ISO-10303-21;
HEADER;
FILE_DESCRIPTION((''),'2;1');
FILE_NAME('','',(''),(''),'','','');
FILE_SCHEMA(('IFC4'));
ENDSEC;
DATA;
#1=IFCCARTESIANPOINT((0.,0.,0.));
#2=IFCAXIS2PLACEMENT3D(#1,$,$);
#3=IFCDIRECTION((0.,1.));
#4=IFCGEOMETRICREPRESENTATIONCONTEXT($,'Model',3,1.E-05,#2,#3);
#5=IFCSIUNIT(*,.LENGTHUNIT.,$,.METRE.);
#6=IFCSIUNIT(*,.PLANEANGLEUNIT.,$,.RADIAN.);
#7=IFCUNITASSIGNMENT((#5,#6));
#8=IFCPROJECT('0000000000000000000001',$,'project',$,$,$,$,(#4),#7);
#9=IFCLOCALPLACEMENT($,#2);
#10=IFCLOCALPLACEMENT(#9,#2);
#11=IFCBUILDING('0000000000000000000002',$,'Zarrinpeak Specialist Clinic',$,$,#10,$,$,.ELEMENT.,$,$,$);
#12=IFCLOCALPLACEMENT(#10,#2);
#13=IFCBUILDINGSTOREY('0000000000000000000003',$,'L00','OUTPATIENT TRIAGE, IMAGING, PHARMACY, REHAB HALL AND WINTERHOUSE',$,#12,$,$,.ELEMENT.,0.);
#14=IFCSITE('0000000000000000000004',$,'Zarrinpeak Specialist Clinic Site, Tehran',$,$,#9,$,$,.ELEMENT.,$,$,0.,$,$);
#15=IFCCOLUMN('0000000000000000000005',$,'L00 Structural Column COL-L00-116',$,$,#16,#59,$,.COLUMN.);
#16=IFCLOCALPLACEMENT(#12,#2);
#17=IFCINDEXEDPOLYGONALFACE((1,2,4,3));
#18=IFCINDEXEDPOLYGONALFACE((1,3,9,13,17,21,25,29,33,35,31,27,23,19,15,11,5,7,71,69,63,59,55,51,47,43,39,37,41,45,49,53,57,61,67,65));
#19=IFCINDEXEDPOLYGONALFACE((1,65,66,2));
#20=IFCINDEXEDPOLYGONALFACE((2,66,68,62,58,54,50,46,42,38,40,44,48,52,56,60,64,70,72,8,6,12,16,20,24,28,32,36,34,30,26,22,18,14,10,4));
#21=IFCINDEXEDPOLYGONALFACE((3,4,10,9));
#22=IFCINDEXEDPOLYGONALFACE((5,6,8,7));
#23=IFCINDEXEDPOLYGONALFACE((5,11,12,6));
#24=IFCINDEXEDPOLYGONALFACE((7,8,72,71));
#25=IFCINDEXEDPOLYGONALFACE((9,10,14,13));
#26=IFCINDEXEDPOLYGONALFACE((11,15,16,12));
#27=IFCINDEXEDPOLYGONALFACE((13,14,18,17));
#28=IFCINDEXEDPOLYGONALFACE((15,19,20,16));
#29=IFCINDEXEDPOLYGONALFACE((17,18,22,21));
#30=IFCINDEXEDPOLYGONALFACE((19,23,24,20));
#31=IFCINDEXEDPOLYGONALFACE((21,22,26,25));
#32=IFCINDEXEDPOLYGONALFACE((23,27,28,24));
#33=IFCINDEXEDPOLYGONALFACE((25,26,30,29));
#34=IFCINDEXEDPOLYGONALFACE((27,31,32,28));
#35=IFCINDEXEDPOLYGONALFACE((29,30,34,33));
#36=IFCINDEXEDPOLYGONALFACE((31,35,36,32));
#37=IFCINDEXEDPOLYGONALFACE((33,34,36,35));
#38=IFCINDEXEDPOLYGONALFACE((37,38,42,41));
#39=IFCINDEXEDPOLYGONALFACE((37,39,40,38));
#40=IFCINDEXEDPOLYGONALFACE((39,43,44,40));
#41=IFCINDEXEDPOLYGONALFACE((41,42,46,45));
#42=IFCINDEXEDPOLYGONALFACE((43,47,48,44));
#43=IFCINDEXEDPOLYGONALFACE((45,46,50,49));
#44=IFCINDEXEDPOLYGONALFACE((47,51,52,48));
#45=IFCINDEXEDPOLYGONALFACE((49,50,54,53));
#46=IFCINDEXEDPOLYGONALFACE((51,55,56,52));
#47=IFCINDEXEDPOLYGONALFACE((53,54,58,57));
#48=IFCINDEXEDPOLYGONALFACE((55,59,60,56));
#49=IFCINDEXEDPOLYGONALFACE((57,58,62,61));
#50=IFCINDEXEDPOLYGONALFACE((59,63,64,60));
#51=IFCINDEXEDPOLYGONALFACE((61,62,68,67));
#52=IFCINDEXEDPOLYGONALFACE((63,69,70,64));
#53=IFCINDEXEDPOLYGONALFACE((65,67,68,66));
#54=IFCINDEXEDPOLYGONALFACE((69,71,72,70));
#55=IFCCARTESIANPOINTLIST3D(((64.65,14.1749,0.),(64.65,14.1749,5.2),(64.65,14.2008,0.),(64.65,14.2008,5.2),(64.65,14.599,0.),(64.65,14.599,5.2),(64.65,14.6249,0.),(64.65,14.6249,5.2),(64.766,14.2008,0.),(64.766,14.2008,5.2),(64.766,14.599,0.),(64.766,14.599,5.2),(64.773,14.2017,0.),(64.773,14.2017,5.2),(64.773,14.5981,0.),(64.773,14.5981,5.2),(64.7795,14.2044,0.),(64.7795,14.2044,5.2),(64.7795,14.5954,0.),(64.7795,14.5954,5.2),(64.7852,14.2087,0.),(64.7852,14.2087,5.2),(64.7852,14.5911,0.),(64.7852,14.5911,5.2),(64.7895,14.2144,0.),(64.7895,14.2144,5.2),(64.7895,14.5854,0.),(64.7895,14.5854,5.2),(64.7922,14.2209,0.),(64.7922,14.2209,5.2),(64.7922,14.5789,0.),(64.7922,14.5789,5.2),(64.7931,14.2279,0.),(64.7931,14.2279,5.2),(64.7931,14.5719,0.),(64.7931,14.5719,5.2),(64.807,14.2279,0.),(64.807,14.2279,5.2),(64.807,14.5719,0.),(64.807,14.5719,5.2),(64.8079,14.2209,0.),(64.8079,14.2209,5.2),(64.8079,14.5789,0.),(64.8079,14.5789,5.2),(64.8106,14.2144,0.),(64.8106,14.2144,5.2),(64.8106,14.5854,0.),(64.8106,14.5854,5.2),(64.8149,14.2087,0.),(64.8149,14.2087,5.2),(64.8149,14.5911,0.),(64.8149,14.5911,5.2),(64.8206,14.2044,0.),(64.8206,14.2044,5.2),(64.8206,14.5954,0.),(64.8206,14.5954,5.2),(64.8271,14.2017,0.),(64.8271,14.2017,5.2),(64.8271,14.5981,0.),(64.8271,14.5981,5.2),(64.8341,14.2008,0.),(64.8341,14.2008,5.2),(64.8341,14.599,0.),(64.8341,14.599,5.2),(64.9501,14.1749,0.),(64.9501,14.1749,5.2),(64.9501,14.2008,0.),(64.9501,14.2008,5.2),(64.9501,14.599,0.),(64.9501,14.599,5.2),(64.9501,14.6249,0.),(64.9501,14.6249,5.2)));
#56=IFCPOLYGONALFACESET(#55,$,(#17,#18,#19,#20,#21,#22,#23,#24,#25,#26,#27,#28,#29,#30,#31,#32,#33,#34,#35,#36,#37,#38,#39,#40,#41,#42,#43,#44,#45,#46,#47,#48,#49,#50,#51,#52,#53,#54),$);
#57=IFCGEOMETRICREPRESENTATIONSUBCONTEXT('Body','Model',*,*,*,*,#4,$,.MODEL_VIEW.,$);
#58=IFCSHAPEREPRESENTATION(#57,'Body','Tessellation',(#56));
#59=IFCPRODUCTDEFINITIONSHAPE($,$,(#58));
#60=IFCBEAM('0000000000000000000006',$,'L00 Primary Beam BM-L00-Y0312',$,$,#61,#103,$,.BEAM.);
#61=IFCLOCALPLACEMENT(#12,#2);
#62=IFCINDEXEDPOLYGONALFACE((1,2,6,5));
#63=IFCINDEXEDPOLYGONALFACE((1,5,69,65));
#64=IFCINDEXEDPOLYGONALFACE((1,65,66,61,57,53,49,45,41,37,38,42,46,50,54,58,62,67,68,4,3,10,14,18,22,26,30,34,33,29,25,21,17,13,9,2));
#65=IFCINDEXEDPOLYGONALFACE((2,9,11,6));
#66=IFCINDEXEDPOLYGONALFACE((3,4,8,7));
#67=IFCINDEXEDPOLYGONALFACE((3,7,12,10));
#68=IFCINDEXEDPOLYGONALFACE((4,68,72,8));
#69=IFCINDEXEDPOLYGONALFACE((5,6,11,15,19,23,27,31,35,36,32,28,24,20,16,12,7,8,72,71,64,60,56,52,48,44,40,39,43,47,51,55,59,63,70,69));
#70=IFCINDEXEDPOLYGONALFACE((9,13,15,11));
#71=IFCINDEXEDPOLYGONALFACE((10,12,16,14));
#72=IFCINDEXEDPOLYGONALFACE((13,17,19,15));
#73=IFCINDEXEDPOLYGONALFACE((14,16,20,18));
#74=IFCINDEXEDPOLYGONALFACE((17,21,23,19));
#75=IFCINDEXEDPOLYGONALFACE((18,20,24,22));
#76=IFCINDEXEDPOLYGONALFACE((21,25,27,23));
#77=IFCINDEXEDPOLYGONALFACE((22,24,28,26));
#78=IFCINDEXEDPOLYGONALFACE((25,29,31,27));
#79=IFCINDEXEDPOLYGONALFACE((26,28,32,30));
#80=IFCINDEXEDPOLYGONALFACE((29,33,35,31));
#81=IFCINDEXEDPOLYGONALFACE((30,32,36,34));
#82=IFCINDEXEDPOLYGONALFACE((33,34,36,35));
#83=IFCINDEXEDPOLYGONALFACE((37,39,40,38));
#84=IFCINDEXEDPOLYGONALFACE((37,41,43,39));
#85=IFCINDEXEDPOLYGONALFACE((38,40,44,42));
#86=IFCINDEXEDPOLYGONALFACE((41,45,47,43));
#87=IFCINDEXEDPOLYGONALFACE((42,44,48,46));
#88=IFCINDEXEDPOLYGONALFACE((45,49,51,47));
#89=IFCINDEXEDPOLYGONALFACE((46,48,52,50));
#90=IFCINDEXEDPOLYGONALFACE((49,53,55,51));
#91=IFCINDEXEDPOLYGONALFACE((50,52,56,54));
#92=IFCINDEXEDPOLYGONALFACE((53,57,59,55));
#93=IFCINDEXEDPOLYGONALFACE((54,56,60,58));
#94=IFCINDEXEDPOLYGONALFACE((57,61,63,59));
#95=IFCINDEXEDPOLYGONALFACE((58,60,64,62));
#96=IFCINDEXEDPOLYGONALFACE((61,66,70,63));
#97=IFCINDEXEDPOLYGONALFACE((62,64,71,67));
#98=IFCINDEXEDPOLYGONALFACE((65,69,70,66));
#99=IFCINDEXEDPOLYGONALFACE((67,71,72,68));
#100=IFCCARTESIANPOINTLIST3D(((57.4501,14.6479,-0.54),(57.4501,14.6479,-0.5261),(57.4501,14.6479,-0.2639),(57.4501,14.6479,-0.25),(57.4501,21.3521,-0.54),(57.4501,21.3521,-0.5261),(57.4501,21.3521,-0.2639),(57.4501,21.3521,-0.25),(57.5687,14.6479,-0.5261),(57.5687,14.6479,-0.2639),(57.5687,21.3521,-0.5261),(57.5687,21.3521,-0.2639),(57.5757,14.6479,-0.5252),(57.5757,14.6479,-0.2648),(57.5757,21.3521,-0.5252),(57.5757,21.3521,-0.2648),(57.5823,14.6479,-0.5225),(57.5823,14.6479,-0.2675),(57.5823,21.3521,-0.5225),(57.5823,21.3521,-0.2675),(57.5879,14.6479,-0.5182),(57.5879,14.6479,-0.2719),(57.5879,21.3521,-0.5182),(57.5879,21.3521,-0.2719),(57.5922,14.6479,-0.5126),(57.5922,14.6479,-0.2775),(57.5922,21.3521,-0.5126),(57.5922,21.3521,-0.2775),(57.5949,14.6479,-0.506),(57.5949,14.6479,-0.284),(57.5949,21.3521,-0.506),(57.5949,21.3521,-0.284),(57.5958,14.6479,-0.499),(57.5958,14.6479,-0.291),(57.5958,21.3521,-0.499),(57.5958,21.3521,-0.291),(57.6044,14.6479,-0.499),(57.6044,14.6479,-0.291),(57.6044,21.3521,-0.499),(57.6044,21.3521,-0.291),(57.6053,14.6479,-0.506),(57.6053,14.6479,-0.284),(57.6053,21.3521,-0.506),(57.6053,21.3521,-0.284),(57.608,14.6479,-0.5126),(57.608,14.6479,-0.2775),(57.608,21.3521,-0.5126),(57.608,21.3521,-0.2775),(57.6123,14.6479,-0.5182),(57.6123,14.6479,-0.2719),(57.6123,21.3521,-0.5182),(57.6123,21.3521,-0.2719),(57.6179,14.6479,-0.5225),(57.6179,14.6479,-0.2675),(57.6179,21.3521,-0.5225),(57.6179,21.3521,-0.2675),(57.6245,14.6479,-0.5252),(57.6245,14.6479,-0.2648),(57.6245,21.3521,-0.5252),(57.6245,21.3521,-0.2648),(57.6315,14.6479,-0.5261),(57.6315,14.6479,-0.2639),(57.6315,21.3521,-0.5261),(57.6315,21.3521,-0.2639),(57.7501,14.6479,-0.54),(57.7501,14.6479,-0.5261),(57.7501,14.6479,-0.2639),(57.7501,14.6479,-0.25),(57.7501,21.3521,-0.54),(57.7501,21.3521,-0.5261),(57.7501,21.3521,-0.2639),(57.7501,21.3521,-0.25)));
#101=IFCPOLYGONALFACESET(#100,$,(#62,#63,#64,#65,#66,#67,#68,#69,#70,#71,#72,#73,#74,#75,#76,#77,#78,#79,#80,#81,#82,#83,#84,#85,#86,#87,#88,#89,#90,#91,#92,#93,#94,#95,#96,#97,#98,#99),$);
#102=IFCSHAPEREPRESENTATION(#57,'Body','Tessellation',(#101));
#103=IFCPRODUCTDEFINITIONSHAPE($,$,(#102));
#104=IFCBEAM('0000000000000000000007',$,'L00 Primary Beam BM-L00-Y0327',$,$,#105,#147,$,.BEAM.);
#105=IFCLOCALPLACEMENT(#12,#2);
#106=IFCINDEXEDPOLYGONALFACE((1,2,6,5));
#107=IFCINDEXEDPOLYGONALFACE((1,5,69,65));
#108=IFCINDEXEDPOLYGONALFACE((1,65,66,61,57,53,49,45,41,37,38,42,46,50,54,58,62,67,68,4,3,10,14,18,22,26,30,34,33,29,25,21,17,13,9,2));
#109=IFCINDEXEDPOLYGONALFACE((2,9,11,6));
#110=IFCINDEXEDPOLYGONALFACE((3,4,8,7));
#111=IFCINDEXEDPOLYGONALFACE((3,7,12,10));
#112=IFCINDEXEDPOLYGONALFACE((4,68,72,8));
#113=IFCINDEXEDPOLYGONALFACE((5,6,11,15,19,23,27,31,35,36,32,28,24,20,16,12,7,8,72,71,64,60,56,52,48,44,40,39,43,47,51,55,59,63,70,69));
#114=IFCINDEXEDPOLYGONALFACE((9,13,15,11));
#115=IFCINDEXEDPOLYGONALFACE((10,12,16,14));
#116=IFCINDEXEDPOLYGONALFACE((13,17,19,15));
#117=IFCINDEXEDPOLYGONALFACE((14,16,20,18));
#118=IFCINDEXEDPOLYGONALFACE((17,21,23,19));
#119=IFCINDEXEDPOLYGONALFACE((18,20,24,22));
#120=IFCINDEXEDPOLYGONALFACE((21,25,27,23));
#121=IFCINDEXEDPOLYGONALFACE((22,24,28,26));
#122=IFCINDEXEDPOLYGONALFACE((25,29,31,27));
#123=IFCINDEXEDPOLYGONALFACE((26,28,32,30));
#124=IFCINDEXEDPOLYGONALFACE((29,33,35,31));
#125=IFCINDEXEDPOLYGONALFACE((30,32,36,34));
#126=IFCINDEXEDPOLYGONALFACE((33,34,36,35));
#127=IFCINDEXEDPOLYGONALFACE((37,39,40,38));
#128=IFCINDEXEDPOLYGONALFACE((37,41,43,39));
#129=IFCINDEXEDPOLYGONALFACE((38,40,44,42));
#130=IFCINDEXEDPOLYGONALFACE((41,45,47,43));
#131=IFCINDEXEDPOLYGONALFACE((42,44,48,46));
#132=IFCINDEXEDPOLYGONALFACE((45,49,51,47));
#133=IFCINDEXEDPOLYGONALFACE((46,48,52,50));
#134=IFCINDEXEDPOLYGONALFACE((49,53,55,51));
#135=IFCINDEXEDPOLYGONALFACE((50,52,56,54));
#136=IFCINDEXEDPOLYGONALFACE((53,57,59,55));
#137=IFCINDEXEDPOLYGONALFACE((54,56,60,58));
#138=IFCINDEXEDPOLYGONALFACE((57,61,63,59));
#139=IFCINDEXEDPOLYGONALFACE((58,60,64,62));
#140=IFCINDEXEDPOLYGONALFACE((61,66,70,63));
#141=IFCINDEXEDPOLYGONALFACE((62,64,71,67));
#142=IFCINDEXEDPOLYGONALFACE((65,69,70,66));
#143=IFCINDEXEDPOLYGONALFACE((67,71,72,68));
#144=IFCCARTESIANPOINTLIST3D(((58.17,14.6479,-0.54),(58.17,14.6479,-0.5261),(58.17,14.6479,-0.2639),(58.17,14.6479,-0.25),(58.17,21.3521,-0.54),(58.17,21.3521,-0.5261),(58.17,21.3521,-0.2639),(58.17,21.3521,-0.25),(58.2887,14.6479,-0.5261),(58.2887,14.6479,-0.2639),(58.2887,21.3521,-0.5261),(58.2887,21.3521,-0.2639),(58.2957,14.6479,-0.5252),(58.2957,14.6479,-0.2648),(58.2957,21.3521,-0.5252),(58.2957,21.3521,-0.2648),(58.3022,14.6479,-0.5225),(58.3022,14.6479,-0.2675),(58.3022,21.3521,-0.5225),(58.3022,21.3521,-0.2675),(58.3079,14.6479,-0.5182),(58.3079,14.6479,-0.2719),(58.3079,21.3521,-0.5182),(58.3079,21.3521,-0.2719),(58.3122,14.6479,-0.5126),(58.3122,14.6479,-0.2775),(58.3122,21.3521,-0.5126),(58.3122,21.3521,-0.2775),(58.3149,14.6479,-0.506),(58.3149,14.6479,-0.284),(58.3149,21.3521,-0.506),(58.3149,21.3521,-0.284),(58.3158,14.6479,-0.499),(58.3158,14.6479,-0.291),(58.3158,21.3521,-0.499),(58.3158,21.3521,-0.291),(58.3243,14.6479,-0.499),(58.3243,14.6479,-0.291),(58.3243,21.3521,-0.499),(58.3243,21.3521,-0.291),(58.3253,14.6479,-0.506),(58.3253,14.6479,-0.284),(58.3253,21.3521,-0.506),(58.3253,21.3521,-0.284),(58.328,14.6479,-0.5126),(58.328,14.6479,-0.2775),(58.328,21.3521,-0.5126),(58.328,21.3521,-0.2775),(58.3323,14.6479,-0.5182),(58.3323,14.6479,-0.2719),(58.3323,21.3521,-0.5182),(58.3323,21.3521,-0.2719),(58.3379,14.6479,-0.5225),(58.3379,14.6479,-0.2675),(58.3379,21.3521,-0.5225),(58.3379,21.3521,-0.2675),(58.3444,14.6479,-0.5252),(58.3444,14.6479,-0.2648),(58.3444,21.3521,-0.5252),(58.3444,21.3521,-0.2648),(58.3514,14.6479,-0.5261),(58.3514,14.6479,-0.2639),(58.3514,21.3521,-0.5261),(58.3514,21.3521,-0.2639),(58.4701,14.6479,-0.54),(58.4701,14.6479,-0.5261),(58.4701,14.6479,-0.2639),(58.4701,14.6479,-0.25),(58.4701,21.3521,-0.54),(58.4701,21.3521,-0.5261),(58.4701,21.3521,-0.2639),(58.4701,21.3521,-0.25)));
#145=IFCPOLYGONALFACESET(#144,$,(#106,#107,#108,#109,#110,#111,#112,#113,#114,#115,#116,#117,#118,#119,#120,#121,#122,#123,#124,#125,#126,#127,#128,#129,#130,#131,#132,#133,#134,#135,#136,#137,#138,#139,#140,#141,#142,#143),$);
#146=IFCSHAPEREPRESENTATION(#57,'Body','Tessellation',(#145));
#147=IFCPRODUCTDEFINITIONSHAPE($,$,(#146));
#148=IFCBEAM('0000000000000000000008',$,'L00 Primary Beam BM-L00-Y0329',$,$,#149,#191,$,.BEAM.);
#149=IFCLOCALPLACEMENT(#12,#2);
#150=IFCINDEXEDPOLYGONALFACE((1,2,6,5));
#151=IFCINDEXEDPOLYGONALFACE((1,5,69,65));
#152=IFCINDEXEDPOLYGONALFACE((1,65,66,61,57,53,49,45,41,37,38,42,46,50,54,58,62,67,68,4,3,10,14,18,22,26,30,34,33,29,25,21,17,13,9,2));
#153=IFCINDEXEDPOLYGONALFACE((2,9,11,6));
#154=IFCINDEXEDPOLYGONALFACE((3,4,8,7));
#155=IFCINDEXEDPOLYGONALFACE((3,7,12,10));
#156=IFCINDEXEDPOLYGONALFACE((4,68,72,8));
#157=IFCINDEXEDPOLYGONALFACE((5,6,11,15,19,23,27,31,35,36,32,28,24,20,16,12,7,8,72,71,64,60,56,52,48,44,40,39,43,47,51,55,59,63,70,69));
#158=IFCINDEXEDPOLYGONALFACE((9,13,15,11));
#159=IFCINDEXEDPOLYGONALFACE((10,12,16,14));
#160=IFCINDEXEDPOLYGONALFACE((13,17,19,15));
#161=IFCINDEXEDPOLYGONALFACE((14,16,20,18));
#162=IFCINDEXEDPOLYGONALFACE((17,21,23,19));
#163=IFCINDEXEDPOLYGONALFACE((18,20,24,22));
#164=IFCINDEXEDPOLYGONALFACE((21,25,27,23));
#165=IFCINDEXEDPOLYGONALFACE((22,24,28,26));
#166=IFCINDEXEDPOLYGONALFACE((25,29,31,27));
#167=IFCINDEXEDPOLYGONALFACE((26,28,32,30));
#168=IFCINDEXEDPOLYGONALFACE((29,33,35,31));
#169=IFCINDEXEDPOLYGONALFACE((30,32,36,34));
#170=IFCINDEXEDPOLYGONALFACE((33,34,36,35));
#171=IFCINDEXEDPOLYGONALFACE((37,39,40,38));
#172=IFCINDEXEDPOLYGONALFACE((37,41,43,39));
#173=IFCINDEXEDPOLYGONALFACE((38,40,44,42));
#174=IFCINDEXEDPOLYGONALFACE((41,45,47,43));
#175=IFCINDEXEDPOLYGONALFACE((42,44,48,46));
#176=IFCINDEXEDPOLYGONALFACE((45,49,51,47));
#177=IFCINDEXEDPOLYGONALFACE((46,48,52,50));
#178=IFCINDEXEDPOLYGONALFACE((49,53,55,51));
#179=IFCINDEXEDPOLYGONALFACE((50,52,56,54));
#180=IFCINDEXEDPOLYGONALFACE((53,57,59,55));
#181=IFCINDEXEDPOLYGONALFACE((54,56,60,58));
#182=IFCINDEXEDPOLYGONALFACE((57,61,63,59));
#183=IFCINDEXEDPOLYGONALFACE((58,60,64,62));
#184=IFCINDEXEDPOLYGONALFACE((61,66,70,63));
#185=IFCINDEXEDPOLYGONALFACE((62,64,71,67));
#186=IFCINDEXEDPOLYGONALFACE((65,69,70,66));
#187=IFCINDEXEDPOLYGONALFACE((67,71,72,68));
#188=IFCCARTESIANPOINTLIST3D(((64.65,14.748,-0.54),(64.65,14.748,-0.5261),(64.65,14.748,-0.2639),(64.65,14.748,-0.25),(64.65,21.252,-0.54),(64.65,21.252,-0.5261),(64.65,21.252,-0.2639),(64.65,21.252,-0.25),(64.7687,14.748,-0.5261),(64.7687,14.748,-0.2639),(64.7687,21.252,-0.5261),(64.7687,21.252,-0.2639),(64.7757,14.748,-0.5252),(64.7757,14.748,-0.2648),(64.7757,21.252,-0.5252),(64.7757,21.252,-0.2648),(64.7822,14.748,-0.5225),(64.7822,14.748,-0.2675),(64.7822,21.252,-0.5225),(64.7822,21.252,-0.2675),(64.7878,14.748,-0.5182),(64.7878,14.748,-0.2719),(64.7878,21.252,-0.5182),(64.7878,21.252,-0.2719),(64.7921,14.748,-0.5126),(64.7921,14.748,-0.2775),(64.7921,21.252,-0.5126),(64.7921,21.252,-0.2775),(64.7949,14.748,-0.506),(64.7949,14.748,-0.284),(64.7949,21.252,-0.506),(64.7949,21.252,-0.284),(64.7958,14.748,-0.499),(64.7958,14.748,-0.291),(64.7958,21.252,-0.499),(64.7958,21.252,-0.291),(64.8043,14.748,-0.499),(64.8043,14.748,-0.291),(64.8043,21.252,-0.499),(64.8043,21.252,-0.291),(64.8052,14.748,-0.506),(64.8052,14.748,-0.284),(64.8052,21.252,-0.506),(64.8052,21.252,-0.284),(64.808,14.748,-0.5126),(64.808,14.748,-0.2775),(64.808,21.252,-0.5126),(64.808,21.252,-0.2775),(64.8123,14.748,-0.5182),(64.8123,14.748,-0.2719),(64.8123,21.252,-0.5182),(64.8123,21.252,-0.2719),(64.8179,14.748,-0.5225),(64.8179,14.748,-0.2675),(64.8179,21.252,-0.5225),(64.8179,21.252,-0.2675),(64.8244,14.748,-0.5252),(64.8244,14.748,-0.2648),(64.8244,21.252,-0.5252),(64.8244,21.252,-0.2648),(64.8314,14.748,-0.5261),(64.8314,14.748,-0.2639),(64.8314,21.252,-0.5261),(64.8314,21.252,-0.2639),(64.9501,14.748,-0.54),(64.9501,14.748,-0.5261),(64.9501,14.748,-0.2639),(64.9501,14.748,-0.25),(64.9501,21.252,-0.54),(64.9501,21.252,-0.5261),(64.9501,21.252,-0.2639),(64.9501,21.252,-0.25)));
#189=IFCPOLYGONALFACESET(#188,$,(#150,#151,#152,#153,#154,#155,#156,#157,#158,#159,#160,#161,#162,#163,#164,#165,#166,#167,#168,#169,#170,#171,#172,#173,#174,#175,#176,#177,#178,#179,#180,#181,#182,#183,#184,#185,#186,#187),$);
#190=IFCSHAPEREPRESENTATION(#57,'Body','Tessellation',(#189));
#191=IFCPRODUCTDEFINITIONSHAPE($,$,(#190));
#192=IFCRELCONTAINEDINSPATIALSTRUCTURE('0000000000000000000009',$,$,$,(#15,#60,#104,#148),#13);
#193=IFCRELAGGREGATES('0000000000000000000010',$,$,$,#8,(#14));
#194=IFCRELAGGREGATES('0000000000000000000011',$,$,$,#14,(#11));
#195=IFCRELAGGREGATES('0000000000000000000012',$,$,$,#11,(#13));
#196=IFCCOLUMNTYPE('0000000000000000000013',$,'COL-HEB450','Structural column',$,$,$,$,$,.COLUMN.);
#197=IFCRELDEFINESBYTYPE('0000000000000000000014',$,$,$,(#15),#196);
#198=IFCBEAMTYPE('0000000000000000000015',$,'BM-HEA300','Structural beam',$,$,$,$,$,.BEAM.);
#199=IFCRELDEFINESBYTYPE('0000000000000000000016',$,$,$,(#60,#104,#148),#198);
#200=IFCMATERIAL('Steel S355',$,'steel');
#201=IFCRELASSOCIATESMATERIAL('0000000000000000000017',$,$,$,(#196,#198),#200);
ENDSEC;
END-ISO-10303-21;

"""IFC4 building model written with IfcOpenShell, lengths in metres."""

from ifc_helpers import new_model, si_unit, direction, frame, origin, origin_2d, place, context, subcontext, project, spatial, i_section, extrude, material, material_profile, profile_set, type_object, element, save


model = new_model("IFC4")

# Units and contexts
model_context = context("Model", 3, precision=1e-05, world=origin(), true_north=direction((0.0, 1.0)))
body_context = subcontext(model_context, "Body", "Model", "MODEL_VIEW")
ifc_project = project(units=[si_unit("LENGTHUNIT", "METRE"), si_unit("PLANEANGLEUNIT", "RADIAN")], contexts=[model_context])

# Site, building, storey
site_placement = place(None, origin())
site = spatial("IfcSite", under=ifc_project, at=site_placement, Name="Zarrinpeak Specialist Clinic Site, Tehran", CompositionType="ELEMENT", RefElevation=0.0)
building_placement = place(site_placement, origin())
building = spatial("IfcBuilding", under=site, at=building_placement, Name="Zarrinpeak Specialist Clinic", CompositionType="ELEMENT")
storey_placement = place(building_placement, origin())
storey = spatial("IfcBuildingStorey", under=building, at=storey_placement, Name="L00", Description="OUTPATIENT TRIAGE, IMAGING, PHARMACY, REHAB HALL AND WINTERHOUSE", CompositionType="ELEMENT", Elevation=0.0)

# Column
ifc_material_1 = material(Name="Steel S355", Category="steel")
ifc_material_profile_1 = material_profile(ifc_material_1, i_section(OverallWidth=0.3, OverallDepth=0.45, WebThickness=0.0139, FlangeThickness=0.0259, FilletRadius=0.0271, at=origin_2d()), Name="HEB 450")
ifc_profile_set_1 = profile_set([ifc_material_profile_1], Name="Steel S355")
column_type = type_object("IfcColumnType", Name="COL-HEB450", Description="Structural column", PredefinedType="COLUMN", material=ifc_profile_set_1)
for number, where, z_axis, x_axis, name in (
    (1, (64.8, 14.3999, 0.0), (0.0, 0.0, 1.0), (1.0, 0.0, 0.0), "L00 Structural Column COL-L00-116"),
):
    element("IfcColumn", number, at=place(storey_placement, frame(where, z_axis=z_axis, x_axis=x_axis)), inside=storey, type_object=column_type, Name=name, PredefinedType="COLUMN", context=body_context, shape_type="SweptSolid", body=[
        extrude(i_section(OverallWidth=0.3, OverallDepth=0.45, WebThickness=0.0139, FlangeThickness=0.0259, FilletRadius=0.0271, at=origin_2d()), origin(), (0.0, 0.0, 1.0), 5.2),
    ])

# Beams
ifc_material_profile_2 = material_profile(ifc_material_1, i_section(OverallWidth=0.3, OverallDepth=0.29, WebThickness=0.0085, FlangeThickness=0.0139, FilletRadius=0.0271, at=origin_2d()), Name="HEA 300")
ifc_profile_set_2 = profile_set([ifc_material_profile_2], Name="Steel S355")
beam_type_1 = type_object("IfcBeamType", Name="BM-HEA300", Description="Structural beam", PredefinedType="BEAM", material=ifc_profile_set_2)
for number, where, z_axis, x_axis, name in (
    (2, (57.6001, 14.6479, -0.395), (0.0, 1.0, 0.0), (-1.0, 0.0, 0.0), "L00 Primary Beam BM-L00-Y0312"),
    (3, (58.3201, 14.6479, -0.395), (0.0, 1.0, 0.0), (-1.0, 0.0, 0.0), "L00 Primary Beam BM-L00-Y0327"),
):
    element("IfcBeam", number, at=place(storey_placement, frame(where, z_axis=z_axis, x_axis=x_axis)), inside=storey, type_object=beam_type_1, Name=name, PredefinedType="BEAM", context=body_context, shape_type="SweptSolid", body=[
        extrude(i_section(OverallWidth=0.3, OverallDepth=0.29, WebThickness=0.0085, FlangeThickness=0.0139, FilletRadius=0.0271, at=origin_2d()), origin(), (0.0, 0.0, 1.0), 6.7041),
    ])
beam_1_placement = place(storey_placement, frame((64.8, 14.748, -0.395), z_axis=(0.0, 1.0, 0.0), x_axis=(-1.0, 0.0, 0.0)))
element("IfcBeam", 4, at=beam_1_placement, inside=storey, type_object=beam_type_1, Name="L00 Primary Beam BM-L00-Y0329", PredefinedType="BEAM", context=body_context, shape_type="SweptSolid", body=[
    extrude(i_section(OverallWidth=0.3, OverallDepth=0.29, WebThickness=0.0085, FlangeThickness=0.0139, FilletRadius=0.0271, at=origin_2d()), origin(), (0.0, 0.0, 1.0), 6.5039),
])

save(model, "model.ifc")
